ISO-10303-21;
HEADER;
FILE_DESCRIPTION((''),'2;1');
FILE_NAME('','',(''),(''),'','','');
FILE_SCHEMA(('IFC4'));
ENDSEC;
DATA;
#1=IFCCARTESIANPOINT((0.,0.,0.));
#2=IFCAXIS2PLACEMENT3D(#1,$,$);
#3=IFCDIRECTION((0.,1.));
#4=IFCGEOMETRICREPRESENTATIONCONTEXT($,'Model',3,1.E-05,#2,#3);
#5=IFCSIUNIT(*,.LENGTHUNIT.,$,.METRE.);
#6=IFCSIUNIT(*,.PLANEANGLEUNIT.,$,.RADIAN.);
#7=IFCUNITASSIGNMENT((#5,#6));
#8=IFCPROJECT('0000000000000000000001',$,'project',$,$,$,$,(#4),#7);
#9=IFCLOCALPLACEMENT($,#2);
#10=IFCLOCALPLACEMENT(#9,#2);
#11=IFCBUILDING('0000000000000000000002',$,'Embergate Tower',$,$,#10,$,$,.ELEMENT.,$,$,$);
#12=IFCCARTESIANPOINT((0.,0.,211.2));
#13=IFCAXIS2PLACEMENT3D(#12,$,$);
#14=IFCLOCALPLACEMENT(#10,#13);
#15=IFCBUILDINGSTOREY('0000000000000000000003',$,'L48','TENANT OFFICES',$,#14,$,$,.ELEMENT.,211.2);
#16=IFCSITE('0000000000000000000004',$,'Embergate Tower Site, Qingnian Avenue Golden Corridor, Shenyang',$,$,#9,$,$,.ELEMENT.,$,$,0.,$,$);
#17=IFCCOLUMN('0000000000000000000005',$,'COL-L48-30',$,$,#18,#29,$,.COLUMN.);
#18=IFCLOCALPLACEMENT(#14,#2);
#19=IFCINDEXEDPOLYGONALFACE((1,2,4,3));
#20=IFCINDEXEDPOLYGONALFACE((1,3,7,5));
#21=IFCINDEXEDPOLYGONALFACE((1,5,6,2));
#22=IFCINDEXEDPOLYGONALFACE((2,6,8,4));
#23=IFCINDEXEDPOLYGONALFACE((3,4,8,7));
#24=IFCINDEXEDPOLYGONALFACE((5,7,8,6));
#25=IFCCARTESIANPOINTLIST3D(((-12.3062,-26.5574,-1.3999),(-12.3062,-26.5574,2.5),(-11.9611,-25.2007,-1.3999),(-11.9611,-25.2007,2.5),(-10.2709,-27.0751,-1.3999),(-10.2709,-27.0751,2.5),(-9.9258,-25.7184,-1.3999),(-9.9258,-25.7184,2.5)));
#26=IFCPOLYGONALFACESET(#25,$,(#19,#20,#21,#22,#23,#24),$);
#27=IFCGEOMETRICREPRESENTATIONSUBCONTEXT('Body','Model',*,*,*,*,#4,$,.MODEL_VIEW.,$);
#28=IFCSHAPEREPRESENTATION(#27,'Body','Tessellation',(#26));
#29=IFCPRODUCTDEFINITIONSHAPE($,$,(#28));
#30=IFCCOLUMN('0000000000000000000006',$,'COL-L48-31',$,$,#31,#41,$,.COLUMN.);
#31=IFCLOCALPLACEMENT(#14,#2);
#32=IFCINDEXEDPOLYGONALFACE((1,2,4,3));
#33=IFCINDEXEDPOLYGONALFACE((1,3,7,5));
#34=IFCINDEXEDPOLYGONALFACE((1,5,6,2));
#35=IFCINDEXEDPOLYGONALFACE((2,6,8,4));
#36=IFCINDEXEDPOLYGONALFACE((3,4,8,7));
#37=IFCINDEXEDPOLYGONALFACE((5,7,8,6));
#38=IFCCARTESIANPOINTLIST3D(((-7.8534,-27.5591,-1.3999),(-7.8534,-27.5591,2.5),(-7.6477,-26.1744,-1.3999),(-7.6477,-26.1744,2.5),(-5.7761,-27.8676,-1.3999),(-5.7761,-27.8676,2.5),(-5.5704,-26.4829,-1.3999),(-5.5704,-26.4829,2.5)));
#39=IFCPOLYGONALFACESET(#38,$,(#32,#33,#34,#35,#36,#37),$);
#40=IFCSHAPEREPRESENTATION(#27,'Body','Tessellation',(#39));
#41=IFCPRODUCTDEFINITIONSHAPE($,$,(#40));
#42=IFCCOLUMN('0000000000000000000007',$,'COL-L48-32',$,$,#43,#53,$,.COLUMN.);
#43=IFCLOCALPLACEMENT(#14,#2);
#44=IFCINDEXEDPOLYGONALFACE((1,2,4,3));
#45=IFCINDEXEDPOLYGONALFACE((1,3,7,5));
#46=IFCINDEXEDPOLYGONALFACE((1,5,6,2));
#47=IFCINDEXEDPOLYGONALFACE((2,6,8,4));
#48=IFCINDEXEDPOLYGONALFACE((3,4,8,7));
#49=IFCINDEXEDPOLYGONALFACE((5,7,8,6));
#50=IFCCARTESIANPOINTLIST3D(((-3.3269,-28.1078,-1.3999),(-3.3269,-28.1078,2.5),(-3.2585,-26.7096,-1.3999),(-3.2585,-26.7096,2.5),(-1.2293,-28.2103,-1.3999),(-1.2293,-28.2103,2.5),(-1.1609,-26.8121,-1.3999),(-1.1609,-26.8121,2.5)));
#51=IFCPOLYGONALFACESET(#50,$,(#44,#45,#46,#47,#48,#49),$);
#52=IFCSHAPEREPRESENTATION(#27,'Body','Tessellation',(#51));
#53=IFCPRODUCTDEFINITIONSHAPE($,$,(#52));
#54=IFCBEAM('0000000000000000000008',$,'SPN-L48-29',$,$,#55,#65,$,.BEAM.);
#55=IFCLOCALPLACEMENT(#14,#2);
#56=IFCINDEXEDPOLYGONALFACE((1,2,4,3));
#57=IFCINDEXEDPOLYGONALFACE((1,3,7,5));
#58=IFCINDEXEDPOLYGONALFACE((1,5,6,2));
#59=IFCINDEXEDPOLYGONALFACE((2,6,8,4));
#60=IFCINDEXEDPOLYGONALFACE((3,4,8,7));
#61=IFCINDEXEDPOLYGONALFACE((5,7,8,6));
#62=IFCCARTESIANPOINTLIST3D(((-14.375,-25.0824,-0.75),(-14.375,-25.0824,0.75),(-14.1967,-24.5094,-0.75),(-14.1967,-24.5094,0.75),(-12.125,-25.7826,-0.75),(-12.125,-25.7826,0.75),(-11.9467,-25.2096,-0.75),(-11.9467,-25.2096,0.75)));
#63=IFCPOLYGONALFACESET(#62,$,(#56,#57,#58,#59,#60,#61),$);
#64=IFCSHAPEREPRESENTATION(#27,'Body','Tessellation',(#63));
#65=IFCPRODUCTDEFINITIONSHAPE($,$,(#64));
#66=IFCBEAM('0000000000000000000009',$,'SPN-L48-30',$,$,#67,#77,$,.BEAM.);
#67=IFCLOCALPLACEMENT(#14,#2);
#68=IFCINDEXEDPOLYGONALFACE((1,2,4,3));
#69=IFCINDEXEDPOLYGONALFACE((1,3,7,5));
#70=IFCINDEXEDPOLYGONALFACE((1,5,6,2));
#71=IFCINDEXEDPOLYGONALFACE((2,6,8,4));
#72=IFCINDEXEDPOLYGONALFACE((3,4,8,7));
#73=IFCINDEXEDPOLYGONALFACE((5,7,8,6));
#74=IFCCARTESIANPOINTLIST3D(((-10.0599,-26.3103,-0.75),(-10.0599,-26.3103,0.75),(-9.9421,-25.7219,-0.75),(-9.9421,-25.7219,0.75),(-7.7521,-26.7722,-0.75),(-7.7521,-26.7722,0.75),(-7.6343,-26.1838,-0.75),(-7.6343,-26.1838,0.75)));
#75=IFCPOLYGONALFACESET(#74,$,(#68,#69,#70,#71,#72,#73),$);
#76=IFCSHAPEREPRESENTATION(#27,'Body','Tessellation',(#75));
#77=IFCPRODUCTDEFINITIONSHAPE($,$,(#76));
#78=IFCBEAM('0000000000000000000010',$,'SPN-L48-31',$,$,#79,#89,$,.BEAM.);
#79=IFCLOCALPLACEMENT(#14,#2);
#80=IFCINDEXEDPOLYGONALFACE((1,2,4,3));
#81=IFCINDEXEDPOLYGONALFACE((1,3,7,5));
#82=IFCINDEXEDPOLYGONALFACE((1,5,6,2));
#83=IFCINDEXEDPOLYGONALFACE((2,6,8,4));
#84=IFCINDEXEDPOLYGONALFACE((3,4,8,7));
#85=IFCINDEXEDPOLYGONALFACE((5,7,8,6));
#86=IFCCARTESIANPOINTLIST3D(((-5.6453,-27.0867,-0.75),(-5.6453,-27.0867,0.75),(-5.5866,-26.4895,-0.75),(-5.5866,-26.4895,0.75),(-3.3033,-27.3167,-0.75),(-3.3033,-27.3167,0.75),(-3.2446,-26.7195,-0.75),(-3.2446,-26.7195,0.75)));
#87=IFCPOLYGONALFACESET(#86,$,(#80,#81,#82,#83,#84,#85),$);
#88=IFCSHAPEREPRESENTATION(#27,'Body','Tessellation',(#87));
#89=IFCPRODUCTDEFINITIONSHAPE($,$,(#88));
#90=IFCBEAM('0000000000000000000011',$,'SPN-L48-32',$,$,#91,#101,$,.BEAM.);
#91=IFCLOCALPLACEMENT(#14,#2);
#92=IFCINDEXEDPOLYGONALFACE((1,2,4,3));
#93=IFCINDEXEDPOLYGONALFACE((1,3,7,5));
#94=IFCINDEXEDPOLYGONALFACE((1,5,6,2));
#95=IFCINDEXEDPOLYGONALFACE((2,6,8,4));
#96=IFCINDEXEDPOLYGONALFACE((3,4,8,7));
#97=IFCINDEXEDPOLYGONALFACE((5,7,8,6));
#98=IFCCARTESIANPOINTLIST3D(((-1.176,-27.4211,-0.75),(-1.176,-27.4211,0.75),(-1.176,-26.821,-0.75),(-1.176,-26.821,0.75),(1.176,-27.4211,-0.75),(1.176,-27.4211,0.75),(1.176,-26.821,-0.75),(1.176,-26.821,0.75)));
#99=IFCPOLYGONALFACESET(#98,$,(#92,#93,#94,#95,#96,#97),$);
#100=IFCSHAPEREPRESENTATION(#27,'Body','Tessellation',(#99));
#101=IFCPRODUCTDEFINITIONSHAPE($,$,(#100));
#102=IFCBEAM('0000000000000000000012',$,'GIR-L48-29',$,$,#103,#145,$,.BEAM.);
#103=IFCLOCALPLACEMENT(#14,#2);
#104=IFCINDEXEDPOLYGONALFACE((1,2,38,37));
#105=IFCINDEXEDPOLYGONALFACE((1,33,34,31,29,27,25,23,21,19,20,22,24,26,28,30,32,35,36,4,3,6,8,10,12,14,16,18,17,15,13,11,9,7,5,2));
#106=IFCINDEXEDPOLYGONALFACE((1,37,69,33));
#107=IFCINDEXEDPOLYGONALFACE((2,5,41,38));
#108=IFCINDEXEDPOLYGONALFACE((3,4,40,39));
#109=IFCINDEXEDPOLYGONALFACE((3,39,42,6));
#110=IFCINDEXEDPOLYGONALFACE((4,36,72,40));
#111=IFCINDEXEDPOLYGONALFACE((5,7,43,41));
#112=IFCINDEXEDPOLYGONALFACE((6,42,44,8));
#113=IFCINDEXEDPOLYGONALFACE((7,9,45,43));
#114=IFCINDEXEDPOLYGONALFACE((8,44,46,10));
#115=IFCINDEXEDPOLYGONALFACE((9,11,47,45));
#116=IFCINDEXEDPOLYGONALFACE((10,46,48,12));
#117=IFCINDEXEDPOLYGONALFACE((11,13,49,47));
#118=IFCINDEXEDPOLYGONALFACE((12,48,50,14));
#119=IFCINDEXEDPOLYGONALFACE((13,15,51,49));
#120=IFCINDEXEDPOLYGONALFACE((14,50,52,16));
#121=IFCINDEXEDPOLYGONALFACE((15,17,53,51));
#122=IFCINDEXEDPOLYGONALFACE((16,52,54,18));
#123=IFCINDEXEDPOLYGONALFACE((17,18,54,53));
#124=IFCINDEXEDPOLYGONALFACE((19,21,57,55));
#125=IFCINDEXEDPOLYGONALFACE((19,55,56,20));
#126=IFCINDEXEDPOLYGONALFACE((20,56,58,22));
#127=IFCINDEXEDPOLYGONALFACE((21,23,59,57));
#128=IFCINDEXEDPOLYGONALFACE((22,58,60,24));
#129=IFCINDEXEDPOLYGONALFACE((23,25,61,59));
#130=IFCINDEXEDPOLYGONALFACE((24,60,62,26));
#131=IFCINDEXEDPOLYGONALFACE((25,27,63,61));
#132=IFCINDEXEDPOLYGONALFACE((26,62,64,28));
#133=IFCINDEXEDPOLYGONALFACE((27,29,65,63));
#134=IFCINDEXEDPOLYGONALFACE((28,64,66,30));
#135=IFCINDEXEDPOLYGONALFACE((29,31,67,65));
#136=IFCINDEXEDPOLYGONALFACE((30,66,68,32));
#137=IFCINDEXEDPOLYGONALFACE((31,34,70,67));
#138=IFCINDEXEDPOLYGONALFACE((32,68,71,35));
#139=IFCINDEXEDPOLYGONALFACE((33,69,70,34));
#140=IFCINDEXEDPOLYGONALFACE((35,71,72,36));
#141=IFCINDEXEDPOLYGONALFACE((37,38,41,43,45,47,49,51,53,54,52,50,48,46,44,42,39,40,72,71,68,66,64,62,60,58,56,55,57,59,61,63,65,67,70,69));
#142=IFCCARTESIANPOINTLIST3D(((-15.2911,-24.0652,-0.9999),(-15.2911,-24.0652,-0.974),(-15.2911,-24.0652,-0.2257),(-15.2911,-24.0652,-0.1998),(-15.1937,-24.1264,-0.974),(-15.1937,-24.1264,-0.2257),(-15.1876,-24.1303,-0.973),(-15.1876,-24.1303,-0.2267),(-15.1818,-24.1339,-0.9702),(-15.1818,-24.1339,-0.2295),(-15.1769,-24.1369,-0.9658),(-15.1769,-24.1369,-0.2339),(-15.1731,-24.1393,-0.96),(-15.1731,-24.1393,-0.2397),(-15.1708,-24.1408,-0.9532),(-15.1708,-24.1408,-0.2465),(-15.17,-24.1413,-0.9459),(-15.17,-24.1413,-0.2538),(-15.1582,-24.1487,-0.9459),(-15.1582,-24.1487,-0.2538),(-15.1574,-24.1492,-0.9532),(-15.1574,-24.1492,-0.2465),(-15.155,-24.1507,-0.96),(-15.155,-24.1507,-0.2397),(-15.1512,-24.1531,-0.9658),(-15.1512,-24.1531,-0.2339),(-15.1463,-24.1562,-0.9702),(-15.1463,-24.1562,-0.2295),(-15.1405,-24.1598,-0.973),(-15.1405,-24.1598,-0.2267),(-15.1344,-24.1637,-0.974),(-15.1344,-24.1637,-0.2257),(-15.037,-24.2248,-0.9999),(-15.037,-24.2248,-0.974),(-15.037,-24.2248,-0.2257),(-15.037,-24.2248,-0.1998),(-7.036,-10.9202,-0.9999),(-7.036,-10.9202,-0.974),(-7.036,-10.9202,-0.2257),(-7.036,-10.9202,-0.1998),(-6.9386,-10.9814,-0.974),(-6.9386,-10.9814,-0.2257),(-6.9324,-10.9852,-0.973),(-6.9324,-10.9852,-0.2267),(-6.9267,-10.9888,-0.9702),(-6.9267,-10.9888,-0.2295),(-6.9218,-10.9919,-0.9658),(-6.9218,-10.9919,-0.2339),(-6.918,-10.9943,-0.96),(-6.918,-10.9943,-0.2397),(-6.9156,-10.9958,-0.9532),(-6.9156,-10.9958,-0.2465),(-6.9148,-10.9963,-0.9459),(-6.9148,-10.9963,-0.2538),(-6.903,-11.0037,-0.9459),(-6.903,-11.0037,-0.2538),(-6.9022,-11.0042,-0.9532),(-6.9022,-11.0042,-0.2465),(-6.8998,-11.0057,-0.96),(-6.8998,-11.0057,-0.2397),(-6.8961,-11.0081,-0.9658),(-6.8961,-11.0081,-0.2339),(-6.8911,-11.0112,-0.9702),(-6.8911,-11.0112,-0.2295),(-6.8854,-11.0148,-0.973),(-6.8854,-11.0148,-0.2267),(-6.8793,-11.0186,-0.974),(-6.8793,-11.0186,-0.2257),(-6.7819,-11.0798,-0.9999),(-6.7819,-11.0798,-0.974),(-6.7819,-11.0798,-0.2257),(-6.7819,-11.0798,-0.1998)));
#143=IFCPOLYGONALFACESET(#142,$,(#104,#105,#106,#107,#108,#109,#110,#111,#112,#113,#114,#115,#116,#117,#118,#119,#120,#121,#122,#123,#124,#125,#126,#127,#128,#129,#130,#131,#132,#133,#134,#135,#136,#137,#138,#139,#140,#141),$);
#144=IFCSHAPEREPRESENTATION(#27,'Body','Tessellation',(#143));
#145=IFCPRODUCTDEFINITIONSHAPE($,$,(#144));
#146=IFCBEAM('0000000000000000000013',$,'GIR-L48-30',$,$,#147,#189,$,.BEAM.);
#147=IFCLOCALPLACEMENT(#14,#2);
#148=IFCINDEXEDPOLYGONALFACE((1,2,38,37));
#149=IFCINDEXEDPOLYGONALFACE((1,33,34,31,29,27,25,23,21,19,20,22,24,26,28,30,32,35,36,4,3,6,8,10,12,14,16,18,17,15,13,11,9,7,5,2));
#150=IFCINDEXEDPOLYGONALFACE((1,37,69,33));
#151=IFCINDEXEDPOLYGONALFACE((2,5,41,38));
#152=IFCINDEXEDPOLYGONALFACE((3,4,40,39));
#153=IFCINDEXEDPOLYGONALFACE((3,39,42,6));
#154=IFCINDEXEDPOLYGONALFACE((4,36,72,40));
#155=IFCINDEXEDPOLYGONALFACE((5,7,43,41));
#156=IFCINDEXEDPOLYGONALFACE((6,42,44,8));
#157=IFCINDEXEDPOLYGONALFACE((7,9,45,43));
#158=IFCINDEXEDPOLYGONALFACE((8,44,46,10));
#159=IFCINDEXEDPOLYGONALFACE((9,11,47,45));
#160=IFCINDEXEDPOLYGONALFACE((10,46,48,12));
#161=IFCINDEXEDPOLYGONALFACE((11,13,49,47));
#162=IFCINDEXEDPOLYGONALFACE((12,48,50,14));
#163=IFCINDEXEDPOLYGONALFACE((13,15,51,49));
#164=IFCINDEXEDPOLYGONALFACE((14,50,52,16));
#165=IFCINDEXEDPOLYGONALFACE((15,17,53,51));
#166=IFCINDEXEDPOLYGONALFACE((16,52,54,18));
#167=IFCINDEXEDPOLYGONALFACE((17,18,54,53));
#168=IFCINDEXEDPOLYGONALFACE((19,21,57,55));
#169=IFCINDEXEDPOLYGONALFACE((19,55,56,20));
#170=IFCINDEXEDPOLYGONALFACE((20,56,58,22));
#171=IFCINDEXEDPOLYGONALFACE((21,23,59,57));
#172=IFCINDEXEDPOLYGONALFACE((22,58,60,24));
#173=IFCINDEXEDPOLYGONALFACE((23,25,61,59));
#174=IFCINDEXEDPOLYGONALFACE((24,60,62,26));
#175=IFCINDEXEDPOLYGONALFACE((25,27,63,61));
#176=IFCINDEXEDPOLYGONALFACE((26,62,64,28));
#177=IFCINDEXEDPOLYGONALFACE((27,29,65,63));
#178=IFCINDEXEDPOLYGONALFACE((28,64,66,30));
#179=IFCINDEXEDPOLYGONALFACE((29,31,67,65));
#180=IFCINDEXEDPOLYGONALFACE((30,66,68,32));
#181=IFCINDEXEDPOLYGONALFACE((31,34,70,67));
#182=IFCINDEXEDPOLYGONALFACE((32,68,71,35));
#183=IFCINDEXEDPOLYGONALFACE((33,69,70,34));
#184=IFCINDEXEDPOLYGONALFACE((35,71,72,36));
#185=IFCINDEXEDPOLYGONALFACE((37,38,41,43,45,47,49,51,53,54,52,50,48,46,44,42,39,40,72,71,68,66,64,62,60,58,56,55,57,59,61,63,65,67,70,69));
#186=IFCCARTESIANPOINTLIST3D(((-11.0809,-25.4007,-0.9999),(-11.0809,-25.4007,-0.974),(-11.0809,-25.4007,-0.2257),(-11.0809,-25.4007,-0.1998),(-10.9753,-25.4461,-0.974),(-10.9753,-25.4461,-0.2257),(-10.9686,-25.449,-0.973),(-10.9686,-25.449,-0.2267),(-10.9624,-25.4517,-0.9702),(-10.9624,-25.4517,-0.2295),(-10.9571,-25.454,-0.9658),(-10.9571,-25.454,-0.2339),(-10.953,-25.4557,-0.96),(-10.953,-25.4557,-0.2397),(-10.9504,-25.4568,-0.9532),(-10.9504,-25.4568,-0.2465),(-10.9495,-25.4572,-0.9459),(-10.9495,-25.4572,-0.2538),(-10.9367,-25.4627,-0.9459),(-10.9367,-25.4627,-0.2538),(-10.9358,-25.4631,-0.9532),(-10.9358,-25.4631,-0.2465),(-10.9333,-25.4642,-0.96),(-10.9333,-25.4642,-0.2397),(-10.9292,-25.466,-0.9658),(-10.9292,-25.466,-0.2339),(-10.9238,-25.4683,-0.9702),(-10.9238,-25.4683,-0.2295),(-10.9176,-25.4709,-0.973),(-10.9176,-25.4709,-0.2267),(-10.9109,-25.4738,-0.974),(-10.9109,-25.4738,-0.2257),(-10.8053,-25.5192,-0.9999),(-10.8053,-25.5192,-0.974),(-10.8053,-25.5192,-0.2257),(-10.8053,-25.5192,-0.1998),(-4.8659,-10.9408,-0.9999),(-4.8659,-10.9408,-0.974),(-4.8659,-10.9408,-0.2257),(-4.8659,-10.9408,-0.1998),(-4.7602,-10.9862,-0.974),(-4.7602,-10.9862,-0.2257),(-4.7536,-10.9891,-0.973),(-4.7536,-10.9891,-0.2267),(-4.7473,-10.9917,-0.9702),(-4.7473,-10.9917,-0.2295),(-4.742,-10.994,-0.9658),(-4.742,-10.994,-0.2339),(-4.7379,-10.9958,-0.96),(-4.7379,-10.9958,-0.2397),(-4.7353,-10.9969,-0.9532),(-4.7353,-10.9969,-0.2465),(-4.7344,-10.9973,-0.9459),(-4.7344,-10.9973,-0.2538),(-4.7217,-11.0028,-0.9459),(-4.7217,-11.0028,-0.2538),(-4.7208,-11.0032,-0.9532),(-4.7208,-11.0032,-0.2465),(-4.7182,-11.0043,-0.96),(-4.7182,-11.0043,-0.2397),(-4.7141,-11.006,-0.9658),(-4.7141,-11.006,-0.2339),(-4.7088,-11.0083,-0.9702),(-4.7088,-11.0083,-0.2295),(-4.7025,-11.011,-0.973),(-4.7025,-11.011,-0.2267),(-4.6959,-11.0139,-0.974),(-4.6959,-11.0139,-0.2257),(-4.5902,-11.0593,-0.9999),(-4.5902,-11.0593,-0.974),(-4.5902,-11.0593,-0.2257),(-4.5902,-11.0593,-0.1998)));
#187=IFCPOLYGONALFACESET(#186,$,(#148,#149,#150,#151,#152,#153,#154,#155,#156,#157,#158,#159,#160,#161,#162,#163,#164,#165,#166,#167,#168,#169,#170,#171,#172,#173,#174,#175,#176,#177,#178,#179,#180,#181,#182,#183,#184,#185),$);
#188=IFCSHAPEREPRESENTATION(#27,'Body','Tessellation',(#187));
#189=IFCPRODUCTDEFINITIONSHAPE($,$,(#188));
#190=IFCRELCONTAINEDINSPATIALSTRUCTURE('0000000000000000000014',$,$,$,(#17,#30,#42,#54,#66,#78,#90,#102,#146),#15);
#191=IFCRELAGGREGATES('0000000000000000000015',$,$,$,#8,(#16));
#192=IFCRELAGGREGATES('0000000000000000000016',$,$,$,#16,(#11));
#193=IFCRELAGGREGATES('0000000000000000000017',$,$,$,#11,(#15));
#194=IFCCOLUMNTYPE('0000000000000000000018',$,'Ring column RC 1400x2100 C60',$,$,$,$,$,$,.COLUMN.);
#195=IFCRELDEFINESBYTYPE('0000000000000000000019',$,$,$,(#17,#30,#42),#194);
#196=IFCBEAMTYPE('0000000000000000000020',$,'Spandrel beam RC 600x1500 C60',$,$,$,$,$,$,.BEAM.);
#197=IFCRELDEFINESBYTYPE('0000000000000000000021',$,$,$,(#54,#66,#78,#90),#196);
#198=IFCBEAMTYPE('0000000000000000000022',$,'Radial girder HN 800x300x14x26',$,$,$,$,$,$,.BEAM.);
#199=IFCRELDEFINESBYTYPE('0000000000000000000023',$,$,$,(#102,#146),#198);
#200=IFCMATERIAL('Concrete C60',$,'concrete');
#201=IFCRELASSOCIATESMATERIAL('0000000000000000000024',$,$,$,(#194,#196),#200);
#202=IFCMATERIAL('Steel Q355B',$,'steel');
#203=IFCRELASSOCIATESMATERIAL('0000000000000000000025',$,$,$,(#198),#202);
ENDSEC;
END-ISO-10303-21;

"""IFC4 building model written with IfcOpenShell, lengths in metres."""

from ifc_helpers import new_model, si_unit, direction, frame, origin, origin_2d, place, context, subcontext, project, spatial, rectangle, i_section, extrude, source, transform, mapped, material, material_profile, profile_set, type_object, element, save


model = new_model("IFC4")

# Units and contexts
model_context = context("Model", 3, precision=1e-05, world=origin(), true_north=direction((0.0, 1.0)))
body_context = subcontext(model_context, "Body", "Model", "MODEL_VIEW")
ifc_project = project(units=[si_unit("LENGTHUNIT", "METRE"), si_unit("PLANEANGLEUNIT", "RADIAN")], contexts=[model_context])

# Site, building, storey
site_placement = place(None, origin())
site = spatial("IfcSite", under=ifc_project, at=site_placement, Name="Embergate Tower Site, Qingnian Avenue Golden Corridor, Shenyang", CompositionType="ELEMENT", RefElevation=0.0)
building_placement = place(site_placement, origin())
building = spatial("IfcBuilding", under=site, at=building_placement, Name="Embergate Tower", CompositionType="ELEMENT")
storey_placement = place(building_placement, frame((0.0, 0.0, 211.2)))
storey = spatial("IfcBuildingStorey", under=building, at=storey_placement, Name="L48", Description="TENANT OFFICES", CompositionType="ELEMENT", Elevation=211.2)

# Columns
ifc_material_1 = material(Name="Concrete C60", Category="concrete")
ifc_material_profile_1 = material_profile(ifc_material_1, rectangle(XDim=1.3999, YDim=2.1001, at=origin_2d()), Name="RC 1400x2100")
ifc_profile_set_1 = profile_set([ifc_material_profile_1], Name="Concrete C60")
column_type = type_object("IfcColumnType", Name="Ring column RC 1400x2100 C60", PredefinedType="COLUMN", material=ifc_profile_set_1)
shared_shape_1 = source(origin(), body_context, "Body", "SweptSolid", [
    extrude(rectangle(XDim=1.3999, YDim=2.1001, at=origin_2d()), origin(), (0.0, 0.0, 1.0), 3.8999),
])
for number, where, z_axis, x_axis, name in (
    (1, (-11.116, -26.1379, -1.3999), (0.0, 0.0, 1.0), (-0.246509, -0.969141, 0.0), "COL-L48-30"),
    (2, (-6.7119, -27.021, -1.3999), (0.0, 0.0, 1.0), (-0.146929, -0.989147, 0.0), "COL-L48-31"),
    (3, (-2.2439, -27.46, -1.3999), (0.0, 0.0, 1.0), (-0.048815, -0.998808, 0.0), "COL-L48-32"),
):
    element("IfcColumn", number, at=place(storey_placement, frame(where, z_axis=z_axis, x_axis=x_axis)), inside=storey, type_object=column_type, Name=name, PredefinedType="COLUMN", context=body_context, shape_type="MappedRepresentation", body=[
        mapped(shared_shape_1, transform((0.0, 0.0, 0.0))),
    ])

# Beams
ifc_material_profile_2 = material_profile(ifc_material_1, rectangle(XDim=0.6001, YDim=1.5, at=origin_2d()), Name="RC 600x1500")
ifc_profile_set_2 = profile_set([ifc_material_profile_2], Name="Concrete C60")
beam_type_1 = type_object("IfcBeamType", Name="Spandrel beam RC 600x1500 C60", PredefinedType="BEAM", material=ifc_profile_set_2)
shared_shape_2 = source(origin(), body_context, "Body", "SweptSolid", [
    extrude(rectangle(XDim=0.6001, YDim=1.5, at=origin_2d()), origin(), (0.0, 0.0, 1.0), 2.3564),
])
beam_1_placement = place(storey_placement, frame((-14.2859, -24.7959, 0.0), z_axis=(0.954833, -0.297142, 0.0), x_axis=(0.297142, 0.954833, 0.0)))
element("IfcBeam", 4, at=beam_1_placement, inside=storey, type_object=beam_type_1, Name="SPN-L48-29", PredefinedType="BEAM", context=body_context, shape_type="MappedRepresentation", body=[
    mapped(shared_shape_2, transform((0.0, 0.0, 0.0))),
])
shared_shape_3 = source(origin(), body_context, "Body", "SweptSolid", [
    extrude(rectangle(XDim=0.6001, YDim=1.5, at=origin_2d()), origin(), (0.0, 0.0, 1.0), 2.3535),
])
beam_2_placement = place(storey_placement, frame((-10.001, -26.0161, 0.0), z_axis=(0.980553, -0.196256, 0.0), x_axis=(0.196256, 0.980553, 0.0)))
element("IfcBeam", 5, at=beam_2_placement, inside=storey, type_object=beam_type_1, Name="SPN-L48-30", PredefinedType="BEAM", context=body_context, shape_type="MappedRepresentation", body=[
    mapped(shared_shape_3, transform((0.0, 0.0, 0.0))),
])
shared_shape_4 = source(origin(), body_context, "Body", "SweptSolid", [
    extrude(rectangle(XDim=0.6001, YDim=1.5, at=origin_2d()), origin(), (0.0, 0.0, 1.0), 2.3533),
])
beam_3_placement = place(storey_placement, frame((-5.616, -26.7881, 0.0), z_axis=(0.995213, -0.097727, 0.0), x_axis=(0.097727, 0.995213, 0.0)))
element("IfcBeam", 6, at=beam_3_placement, inside=storey, type_object=beam_type_1, Name="SPN-L48-31", PredefinedType="BEAM", context=body_context, shape_type="MappedRepresentation", body=[
    mapped(shared_shape_4, transform((0.0, 0.0, 0.0))),
])
shared_shape_5 = source(origin(), body_context, "Body", "SweptSolid", [
    extrude(rectangle(XDim=0.6001, YDim=1.5, at=origin_2d()), origin(), (0.0, 0.0, 1.0), 2.3521),
])
beam_4_placement = place(storey_placement, frame((-1.176, -27.1211, 0.0), z_axis=(1.0, 0.0, 0.0), x_axis=(0.0, 1.0, 0.0)))
element("IfcBeam", 7, at=beam_4_placement, inside=storey, type_object=beam_type_1, Name="SPN-L48-32", PredefinedType="BEAM", context=body_context, shape_type="MappedRepresentation", body=[
    mapped(shared_shape_5, transform((0.0, 0.0, 0.0))),
])
ifc_material_2 = material(Name="Steel Q355B", Category="steel")
ifc_material_profile_3 = material_profile(ifc_material_2, i_section(OverallWidth=0.3, OverallDepth=0.8, WebThickness=0.0139, FlangeThickness=0.0259, FilletRadius=0.0281, at=origin_2d()), Name="HN 800x300x14x26")
ifc_profile_set_3 = profile_set([ifc_material_profile_3], Name="Steel Q355 grade B")
beam_type_2 = type_object("IfcBeamType", Name="Radial girder HN 800x300x14x26", PredefinedType="BEAM", material=ifc_profile_set_3)
shared_shape_6 = source(origin(), body_context, "Body", "SweptSolid", [
    extrude(i_section(OverallWidth=0.3, OverallDepth=0.8, WebThickness=0.0139, FlangeThickness=0.0259, FilletRadius=0.0281, at=origin_2d()), origin(), (0.0, 0.0, 1.0), 15.5222),
])
beam_5_placement = place(storey_placement, frame((-15.1641, -24.145, -0.5999), z_axis=(0.531827, 0.846853, 0.0), x_axis=(-0.846853, 0.531827, 0.0)))
element("IfcBeam", 8, at=beam_5_placement, inside=storey, type_object=beam_type_2, Name="GIR-L48-29", PredefinedType="BEAM", context=body_context, shape_type="MappedRepresentation", body=[
    mapped(shared_shape_6, transform((0.0, 0.0, 0.0))),
])
shared_shape_7 = source(origin(), body_context, "Body", "SweptSolid", [
    extrude(i_section(OverallWidth=0.3, OverallDepth=0.8, WebThickness=0.0139, FlangeThickness=0.0259, FilletRadius=0.0281, at=origin_2d()), origin(), (0.0, 0.0, 1.0), 15.739),
])
beam_6_placement = place(storey_placement, frame((-10.9431, -25.46, -0.5999), z_axis=(0.394883, 0.918731, 0.0), x_axis=(-0.918731, 0.394883, 0.0)))
element("IfcBeam", 9, at=beam_6_placement, inside=storey, type_object=beam_type_2, Name="GIR-L48-30", PredefinedType="BEAM", context=body_context, shape_type="MappedRepresentation", body=[
    mapped(shared_shape_7, transform((0.0, 0.0, 0.0))),
])

save(model, "model.ifc")
